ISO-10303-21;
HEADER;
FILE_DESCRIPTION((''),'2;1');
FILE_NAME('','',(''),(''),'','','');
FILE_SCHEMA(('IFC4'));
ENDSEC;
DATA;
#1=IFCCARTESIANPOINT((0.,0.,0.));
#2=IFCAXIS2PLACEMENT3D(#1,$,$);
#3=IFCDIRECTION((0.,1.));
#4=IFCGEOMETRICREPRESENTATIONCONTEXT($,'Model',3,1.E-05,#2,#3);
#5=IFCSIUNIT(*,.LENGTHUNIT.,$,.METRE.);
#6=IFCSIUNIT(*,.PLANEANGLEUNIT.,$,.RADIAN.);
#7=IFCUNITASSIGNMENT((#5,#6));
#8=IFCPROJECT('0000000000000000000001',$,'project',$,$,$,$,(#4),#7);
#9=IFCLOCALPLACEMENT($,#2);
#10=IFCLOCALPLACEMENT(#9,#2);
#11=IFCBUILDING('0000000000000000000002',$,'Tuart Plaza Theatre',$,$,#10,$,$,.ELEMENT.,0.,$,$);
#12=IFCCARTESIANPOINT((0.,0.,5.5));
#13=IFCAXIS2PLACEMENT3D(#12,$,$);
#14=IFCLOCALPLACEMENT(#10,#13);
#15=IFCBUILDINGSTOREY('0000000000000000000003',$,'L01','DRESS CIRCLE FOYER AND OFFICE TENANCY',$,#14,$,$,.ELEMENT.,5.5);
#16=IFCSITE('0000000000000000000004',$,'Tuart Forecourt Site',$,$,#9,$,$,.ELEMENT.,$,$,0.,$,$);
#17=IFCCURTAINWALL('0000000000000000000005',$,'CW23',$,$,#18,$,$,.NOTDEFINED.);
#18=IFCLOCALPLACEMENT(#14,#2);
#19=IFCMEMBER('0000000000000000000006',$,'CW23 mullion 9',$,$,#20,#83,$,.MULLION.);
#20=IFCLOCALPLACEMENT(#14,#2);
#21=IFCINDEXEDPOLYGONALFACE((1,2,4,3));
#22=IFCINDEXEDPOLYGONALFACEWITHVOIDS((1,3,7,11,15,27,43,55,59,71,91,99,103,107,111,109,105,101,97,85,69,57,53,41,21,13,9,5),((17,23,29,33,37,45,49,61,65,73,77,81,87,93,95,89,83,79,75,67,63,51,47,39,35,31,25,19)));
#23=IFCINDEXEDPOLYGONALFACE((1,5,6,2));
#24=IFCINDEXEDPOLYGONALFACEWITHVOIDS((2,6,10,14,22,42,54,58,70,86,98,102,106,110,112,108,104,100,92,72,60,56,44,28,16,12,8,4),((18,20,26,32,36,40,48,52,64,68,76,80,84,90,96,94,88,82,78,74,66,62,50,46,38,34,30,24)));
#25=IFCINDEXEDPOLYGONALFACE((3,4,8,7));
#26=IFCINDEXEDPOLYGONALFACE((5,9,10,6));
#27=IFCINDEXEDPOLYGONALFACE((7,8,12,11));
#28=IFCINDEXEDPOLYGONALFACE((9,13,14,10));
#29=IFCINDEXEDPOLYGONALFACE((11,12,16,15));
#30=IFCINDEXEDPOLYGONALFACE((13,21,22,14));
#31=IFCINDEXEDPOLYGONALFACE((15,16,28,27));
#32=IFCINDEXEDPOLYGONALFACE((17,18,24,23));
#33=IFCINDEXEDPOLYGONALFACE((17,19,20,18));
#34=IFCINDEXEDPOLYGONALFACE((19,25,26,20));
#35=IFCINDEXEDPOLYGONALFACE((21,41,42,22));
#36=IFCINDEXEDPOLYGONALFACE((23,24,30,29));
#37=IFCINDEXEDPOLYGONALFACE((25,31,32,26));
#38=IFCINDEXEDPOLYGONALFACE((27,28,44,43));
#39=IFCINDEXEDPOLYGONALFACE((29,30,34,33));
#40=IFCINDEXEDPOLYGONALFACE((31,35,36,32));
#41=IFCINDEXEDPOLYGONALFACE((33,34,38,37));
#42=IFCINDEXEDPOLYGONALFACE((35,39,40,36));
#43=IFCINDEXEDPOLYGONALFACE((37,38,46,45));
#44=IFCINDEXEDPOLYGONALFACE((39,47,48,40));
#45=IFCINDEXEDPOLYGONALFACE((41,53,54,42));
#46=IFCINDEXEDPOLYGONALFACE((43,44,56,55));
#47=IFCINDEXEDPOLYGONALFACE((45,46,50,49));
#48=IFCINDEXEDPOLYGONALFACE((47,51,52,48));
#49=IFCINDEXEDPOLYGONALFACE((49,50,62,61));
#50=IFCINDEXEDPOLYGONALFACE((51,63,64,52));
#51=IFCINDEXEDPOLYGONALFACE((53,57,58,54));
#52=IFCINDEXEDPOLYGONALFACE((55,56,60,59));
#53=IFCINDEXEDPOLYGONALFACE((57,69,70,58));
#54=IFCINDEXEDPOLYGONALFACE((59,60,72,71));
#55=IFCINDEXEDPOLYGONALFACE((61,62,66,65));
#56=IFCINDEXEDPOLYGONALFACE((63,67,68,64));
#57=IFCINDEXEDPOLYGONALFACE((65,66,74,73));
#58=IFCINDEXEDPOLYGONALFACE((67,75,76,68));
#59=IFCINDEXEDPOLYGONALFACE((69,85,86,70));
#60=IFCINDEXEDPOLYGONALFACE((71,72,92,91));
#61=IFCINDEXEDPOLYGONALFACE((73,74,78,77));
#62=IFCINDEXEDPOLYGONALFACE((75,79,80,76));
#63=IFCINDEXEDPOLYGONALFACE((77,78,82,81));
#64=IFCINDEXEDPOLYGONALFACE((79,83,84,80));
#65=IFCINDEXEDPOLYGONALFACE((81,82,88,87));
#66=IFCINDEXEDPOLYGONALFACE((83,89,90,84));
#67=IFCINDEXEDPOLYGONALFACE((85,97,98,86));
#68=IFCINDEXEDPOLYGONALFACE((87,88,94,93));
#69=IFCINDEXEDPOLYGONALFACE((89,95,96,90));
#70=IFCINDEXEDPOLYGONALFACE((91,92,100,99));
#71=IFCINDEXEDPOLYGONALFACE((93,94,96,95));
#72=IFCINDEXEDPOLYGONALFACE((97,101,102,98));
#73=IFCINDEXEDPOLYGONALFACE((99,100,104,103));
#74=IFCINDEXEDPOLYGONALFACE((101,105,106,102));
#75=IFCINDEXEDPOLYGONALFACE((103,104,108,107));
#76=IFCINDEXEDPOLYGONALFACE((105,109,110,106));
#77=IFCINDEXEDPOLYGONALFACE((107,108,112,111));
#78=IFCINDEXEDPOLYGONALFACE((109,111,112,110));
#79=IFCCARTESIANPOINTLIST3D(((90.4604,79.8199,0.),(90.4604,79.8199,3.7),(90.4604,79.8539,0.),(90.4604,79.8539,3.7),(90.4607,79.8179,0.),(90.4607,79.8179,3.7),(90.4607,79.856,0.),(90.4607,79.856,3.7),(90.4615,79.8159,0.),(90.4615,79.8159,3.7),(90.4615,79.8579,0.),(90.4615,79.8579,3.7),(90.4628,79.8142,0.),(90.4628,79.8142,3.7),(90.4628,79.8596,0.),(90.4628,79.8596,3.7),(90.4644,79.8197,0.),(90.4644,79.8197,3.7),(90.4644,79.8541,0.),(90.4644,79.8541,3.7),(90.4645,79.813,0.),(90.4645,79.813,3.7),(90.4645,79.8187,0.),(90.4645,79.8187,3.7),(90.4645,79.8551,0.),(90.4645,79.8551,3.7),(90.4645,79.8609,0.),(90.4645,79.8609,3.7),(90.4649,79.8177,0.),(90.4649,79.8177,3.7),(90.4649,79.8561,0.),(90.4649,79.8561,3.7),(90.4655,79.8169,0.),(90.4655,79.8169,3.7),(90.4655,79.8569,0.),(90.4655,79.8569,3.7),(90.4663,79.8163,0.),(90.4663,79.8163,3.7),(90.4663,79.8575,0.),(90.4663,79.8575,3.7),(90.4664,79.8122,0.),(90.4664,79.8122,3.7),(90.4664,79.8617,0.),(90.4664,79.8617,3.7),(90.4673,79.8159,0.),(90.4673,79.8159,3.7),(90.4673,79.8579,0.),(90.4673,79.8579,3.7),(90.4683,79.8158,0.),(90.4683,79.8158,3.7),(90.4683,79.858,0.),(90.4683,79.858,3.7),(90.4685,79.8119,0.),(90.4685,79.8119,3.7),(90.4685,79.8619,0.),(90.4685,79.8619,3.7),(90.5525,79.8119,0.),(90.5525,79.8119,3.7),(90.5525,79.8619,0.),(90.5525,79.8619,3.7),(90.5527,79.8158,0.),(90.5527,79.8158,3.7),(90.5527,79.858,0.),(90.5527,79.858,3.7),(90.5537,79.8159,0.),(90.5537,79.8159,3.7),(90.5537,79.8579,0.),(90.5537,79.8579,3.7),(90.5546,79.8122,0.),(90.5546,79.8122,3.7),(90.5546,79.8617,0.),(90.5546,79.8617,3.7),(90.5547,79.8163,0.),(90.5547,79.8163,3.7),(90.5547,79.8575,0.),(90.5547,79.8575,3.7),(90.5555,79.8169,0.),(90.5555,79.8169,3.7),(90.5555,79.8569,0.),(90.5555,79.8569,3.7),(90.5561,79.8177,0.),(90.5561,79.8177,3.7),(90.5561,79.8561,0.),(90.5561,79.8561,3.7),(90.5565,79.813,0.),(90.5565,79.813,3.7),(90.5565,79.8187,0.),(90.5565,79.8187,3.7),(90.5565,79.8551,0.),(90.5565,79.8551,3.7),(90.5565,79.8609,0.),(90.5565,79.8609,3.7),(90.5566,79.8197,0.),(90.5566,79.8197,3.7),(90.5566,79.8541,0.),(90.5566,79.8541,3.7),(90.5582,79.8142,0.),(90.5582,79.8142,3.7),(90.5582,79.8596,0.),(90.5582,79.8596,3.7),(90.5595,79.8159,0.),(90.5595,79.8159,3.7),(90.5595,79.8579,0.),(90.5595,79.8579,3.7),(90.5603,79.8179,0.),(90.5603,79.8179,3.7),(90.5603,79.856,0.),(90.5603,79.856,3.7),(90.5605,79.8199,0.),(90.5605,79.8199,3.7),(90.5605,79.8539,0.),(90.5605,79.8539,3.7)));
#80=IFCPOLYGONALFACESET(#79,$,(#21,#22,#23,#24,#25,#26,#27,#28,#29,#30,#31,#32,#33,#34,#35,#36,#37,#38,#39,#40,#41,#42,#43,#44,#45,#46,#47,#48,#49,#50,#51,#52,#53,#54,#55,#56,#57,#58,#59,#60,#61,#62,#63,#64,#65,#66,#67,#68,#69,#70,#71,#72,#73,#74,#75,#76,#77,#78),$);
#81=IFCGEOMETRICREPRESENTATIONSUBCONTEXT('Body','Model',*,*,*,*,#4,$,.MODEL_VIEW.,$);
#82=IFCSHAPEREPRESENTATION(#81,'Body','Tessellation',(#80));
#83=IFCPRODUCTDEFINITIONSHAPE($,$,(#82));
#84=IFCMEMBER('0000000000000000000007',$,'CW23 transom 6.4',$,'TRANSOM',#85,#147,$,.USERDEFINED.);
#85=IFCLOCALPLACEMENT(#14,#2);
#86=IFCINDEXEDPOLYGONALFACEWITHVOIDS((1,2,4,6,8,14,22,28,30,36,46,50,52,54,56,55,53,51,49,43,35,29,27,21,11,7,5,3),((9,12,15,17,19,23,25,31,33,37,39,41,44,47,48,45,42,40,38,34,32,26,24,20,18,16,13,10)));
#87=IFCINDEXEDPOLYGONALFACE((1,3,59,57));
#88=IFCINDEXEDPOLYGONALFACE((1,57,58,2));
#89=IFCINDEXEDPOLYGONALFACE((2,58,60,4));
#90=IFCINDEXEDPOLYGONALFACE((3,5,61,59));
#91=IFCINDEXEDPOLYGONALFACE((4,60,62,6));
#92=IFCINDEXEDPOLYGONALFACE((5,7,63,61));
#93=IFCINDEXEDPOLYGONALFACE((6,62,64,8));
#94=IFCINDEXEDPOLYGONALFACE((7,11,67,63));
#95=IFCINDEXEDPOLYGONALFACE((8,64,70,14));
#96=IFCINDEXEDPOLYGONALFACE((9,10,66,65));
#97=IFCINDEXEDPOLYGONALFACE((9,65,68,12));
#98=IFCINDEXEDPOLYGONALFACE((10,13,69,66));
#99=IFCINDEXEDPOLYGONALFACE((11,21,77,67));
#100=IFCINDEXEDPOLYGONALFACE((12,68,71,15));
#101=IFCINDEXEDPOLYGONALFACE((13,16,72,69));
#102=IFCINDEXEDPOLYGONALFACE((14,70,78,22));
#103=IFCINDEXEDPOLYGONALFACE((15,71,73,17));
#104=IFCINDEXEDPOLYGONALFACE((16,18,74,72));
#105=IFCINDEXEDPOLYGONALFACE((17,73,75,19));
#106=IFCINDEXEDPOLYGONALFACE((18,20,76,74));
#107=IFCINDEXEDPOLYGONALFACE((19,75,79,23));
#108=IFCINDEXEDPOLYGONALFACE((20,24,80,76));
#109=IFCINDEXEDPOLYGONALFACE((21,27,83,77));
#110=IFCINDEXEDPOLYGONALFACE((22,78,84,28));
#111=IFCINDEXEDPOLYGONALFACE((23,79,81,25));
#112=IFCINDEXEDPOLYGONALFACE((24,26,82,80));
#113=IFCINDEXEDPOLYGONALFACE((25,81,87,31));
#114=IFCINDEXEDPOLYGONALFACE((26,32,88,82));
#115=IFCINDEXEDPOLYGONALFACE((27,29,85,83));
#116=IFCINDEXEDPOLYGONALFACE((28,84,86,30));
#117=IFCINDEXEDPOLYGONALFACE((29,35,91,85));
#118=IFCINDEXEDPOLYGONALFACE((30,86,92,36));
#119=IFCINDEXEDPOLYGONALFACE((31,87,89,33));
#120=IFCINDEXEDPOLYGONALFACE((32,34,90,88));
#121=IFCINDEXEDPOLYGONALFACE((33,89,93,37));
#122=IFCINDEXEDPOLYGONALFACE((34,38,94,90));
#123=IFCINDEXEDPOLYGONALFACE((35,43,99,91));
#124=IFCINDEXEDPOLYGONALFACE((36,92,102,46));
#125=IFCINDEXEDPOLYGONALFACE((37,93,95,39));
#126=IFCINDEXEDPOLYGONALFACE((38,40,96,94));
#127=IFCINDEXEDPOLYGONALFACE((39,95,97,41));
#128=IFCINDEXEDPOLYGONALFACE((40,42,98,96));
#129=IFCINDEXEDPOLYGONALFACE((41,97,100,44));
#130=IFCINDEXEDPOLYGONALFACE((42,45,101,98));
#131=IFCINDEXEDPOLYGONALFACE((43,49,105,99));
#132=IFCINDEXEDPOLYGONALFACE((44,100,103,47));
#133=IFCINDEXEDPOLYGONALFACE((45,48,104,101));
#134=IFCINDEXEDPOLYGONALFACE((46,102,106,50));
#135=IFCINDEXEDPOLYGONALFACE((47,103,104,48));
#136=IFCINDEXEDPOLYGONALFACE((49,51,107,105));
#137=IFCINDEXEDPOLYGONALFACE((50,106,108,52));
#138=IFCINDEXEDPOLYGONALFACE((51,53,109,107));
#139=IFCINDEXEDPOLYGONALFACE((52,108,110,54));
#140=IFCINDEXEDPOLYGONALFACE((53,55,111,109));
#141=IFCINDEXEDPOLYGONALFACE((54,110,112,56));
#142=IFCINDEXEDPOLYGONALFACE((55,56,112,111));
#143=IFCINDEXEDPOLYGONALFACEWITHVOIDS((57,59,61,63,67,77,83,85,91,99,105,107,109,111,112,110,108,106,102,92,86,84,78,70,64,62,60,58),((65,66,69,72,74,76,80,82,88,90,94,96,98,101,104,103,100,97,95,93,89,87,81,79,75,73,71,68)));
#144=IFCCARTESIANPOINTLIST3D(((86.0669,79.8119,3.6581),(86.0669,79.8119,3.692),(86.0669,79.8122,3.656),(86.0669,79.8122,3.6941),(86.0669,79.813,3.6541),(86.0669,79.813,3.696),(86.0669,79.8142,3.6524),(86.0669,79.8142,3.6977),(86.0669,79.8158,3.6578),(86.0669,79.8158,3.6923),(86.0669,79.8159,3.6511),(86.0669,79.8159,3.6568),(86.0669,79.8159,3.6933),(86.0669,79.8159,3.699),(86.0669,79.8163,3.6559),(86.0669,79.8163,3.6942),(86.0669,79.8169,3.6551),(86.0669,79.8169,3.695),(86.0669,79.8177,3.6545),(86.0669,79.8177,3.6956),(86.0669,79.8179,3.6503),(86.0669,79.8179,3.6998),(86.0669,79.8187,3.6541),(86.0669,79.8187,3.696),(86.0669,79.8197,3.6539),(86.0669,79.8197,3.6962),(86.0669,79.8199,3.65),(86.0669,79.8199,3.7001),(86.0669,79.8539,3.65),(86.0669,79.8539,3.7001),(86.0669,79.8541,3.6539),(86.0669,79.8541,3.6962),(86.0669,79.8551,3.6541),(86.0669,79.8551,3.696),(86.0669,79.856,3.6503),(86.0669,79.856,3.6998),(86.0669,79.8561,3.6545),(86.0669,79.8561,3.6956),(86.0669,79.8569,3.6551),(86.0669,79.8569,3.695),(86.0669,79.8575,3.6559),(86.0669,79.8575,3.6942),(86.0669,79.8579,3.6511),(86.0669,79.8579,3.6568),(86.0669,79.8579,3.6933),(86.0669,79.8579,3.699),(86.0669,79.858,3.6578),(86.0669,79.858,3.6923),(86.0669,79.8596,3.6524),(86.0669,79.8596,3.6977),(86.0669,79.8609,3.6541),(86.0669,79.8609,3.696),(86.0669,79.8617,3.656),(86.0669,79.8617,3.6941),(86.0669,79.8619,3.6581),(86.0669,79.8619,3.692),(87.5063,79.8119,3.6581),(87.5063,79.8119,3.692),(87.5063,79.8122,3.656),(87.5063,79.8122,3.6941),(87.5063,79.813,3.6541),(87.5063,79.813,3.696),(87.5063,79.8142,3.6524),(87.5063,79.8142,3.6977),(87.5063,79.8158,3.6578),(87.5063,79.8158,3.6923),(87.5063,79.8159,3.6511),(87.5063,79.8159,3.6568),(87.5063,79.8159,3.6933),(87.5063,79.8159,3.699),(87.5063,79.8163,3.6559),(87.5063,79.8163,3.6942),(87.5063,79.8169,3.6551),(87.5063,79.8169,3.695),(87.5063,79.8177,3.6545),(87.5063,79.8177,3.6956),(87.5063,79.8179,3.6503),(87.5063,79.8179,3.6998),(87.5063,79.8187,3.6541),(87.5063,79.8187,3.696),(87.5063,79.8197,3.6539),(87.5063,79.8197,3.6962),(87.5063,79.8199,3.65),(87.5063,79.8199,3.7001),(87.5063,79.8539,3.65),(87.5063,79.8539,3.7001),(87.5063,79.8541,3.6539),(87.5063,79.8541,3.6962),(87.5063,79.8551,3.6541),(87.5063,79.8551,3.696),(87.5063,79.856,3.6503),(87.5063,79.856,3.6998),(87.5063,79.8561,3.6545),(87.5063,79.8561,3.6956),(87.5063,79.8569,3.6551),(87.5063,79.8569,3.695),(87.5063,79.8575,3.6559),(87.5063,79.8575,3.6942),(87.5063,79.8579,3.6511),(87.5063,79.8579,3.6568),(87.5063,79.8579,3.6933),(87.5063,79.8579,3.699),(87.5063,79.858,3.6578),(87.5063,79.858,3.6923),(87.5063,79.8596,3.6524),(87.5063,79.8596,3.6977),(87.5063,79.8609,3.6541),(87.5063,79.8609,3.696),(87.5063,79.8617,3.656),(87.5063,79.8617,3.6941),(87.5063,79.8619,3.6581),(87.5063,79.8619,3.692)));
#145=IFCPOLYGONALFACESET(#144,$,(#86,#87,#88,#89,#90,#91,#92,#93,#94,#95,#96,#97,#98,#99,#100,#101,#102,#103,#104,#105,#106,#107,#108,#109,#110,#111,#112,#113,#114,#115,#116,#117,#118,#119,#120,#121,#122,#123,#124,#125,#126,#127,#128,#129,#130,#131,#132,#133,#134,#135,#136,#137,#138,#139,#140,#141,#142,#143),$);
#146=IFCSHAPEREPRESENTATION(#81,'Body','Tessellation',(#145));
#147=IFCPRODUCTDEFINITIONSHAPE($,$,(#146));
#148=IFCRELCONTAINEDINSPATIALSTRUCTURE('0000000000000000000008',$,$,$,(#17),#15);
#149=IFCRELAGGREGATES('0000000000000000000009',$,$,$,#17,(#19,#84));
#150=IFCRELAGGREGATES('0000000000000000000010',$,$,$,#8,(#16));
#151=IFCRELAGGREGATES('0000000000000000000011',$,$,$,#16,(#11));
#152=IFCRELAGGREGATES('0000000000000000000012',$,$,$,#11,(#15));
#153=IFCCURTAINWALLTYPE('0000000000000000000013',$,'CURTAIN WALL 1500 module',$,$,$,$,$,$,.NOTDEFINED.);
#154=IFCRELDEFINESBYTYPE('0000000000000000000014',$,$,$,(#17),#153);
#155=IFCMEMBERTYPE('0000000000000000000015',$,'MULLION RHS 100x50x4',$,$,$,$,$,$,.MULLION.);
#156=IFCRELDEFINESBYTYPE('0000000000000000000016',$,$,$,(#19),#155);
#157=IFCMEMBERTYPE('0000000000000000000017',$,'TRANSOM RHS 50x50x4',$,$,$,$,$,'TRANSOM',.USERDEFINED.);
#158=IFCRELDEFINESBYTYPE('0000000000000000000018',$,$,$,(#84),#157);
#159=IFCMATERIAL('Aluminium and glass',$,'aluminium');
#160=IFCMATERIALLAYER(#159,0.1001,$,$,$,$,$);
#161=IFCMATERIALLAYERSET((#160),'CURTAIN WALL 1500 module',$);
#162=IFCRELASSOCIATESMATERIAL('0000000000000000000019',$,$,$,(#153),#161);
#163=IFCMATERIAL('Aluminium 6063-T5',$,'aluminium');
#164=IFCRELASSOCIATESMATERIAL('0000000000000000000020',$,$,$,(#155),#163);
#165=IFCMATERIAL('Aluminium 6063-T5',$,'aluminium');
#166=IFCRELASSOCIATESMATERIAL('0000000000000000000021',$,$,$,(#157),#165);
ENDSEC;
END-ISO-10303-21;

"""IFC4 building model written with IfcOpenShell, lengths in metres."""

from ifc_helpers import new_model, si_unit, direction, frame, origin, origin_2d, place, context, subcontext, project, spatial, hollow_rectangle, extrude, material, layer, layer_set, material_profile, profile_set, type_object, element, aggregate, save


model = new_model("IFC4")

# Units and contexts
model_context = context("Model", 3, precision=1e-05, world=origin(), true_north=direction((0.0, 1.0)))
body_context = subcontext(model_context, "Body", "Model", "MODEL_VIEW")
ifc_project = project(units=[si_unit("LENGTHUNIT", "METRE"), si_unit("PLANEANGLEUNIT", "RADIAN")], contexts=[model_context])

# Site, building, storey
site_placement = place(None, origin())
site = spatial("IfcSite", under=ifc_project, at=site_placement, Name="Tuart Forecourt Site", CompositionType="ELEMENT", RefElevation=0.0)
building_placement = place(site_placement, origin())
building = spatial("IfcBuilding", under=site, at=building_placement, Name="Tuart Plaza Theatre", CompositionType="ELEMENT", ElevationOfRefHeight=0.0)
storey_placement = place(building_placement, frame((0.0, 0.0, 5.5)))
storey = spatial("IfcBuildingStorey", under=building, at=storey_placement, Name="L01", Description="DRESS CIRCLE FOYER AND OFFICE TENANCY", CompositionType="ELEMENT", Elevation=5.5)

# Curtain wall, members
ifc_material_1 = material(Name="Aluminium and glass", Category="aluminium")
ifc_layer_1 = layer(ifc_material_1, 0.1001)
ifc_layer_set_1 = layer_set([ifc_layer_1], Name="CURTAIN WALL 1500 module")
curtain_wall_type = type_object("IfcCurtainWallType", Name="CURTAIN WALL 1500 module", PredefinedType="NOTDEFINED", material=ifc_layer_set_1)
curtain_wall_placement = place(storey_placement, origin())
curtain_wall = element("IfcCurtainWall", 1, at=curtain_wall_placement, inside=storey, type_object=curtain_wall_type, Name="CW23", PredefinedType="NOTDEFINED")
ifc_material_2 = material(Name="Aluminium 6063-T5", Category="aluminium")
ifc_material_profile_1 = material_profile(ifc_material_2, hollow_rectangle(XDim=0.05, YDim=0.1001, WallThickness=0.0039, InnerFilletRadius=0.0039, OuterFilletRadius=0.0081, at=origin_2d()), Name="RHS 100x50x4")
ifc_profile_set_1 = profile_set([ifc_material_profile_1], Name="Aluminium 6063-T5")
member_type_1 = type_object("IfcMemberType", Name="MULLION RHS 100x50x4", PredefinedType="MULLION", material=ifc_profile_set_1)
member_1_placement = place(storey_placement, frame((90.5105, 79.8369, 0.0), z_axis=(0.0, 0.0, 1.0), x_axis=(0.0, 1.0, 0.0)))
member_1 = element("IfcMember", 2, at=member_1_placement, type_object=member_type_1, Name="CW23 mullion 9", PredefinedType="MULLION", context=body_context, shape_type="SweptSolid", body=[
    extrude(hollow_rectangle(XDim=0.05, YDim=0.1001, WallThickness=0.0039, InnerFilletRadius=0.0039, OuterFilletRadius=0.0081, at=origin_2d()), origin(), (0.0, 0.0, 1.0), 3.7),
])
ifc_material_3 = material(Name="Aluminium 6063-T5", Category="aluminium")
ifc_material_profile_2 = material_profile(ifc_material_3, hollow_rectangle(XDim=0.05, YDim=0.05, WallThickness=0.0039, InnerFilletRadius=0.0039, OuterFilletRadius=0.0081, at=origin_2d()), Name="RHS 50x50x4")
ifc_profile_set_2 = profile_set([ifc_material_profile_2], Name="Aluminium 6063-T5")
member_type_2 = type_object("IfcMemberType", Name="TRANSOM RHS 50x50x4", ElementType="TRANSOM", PredefinedType="USERDEFINED", material=ifc_profile_set_2)
member_2_placement = place(storey_placement, frame((86.0669, 79.8369, 3.675), z_axis=(1.0, 0.0, 0.0), x_axis=(0.0, 1.0, 0.0)))
member_2 = element("IfcMember", 3, at=member_2_placement, type_object=member_type_2, Name="CW23 transom 6.4", ObjectType="TRANSOM", PredefinedType="USERDEFINED", context=body_context, shape_type="SweptSolid", body=[
    extrude(hollow_rectangle(XDim=0.05, YDim=0.05, WallThickness=0.0039, InnerFilletRadius=0.0039, OuterFilletRadius=0.0081, at=origin_2d()), origin(), (0.0, 0.0, 1.0), 1.4395),
])
aggregate(curtain_wall, [member_1, member_2])

save(model, "model.ifc")
